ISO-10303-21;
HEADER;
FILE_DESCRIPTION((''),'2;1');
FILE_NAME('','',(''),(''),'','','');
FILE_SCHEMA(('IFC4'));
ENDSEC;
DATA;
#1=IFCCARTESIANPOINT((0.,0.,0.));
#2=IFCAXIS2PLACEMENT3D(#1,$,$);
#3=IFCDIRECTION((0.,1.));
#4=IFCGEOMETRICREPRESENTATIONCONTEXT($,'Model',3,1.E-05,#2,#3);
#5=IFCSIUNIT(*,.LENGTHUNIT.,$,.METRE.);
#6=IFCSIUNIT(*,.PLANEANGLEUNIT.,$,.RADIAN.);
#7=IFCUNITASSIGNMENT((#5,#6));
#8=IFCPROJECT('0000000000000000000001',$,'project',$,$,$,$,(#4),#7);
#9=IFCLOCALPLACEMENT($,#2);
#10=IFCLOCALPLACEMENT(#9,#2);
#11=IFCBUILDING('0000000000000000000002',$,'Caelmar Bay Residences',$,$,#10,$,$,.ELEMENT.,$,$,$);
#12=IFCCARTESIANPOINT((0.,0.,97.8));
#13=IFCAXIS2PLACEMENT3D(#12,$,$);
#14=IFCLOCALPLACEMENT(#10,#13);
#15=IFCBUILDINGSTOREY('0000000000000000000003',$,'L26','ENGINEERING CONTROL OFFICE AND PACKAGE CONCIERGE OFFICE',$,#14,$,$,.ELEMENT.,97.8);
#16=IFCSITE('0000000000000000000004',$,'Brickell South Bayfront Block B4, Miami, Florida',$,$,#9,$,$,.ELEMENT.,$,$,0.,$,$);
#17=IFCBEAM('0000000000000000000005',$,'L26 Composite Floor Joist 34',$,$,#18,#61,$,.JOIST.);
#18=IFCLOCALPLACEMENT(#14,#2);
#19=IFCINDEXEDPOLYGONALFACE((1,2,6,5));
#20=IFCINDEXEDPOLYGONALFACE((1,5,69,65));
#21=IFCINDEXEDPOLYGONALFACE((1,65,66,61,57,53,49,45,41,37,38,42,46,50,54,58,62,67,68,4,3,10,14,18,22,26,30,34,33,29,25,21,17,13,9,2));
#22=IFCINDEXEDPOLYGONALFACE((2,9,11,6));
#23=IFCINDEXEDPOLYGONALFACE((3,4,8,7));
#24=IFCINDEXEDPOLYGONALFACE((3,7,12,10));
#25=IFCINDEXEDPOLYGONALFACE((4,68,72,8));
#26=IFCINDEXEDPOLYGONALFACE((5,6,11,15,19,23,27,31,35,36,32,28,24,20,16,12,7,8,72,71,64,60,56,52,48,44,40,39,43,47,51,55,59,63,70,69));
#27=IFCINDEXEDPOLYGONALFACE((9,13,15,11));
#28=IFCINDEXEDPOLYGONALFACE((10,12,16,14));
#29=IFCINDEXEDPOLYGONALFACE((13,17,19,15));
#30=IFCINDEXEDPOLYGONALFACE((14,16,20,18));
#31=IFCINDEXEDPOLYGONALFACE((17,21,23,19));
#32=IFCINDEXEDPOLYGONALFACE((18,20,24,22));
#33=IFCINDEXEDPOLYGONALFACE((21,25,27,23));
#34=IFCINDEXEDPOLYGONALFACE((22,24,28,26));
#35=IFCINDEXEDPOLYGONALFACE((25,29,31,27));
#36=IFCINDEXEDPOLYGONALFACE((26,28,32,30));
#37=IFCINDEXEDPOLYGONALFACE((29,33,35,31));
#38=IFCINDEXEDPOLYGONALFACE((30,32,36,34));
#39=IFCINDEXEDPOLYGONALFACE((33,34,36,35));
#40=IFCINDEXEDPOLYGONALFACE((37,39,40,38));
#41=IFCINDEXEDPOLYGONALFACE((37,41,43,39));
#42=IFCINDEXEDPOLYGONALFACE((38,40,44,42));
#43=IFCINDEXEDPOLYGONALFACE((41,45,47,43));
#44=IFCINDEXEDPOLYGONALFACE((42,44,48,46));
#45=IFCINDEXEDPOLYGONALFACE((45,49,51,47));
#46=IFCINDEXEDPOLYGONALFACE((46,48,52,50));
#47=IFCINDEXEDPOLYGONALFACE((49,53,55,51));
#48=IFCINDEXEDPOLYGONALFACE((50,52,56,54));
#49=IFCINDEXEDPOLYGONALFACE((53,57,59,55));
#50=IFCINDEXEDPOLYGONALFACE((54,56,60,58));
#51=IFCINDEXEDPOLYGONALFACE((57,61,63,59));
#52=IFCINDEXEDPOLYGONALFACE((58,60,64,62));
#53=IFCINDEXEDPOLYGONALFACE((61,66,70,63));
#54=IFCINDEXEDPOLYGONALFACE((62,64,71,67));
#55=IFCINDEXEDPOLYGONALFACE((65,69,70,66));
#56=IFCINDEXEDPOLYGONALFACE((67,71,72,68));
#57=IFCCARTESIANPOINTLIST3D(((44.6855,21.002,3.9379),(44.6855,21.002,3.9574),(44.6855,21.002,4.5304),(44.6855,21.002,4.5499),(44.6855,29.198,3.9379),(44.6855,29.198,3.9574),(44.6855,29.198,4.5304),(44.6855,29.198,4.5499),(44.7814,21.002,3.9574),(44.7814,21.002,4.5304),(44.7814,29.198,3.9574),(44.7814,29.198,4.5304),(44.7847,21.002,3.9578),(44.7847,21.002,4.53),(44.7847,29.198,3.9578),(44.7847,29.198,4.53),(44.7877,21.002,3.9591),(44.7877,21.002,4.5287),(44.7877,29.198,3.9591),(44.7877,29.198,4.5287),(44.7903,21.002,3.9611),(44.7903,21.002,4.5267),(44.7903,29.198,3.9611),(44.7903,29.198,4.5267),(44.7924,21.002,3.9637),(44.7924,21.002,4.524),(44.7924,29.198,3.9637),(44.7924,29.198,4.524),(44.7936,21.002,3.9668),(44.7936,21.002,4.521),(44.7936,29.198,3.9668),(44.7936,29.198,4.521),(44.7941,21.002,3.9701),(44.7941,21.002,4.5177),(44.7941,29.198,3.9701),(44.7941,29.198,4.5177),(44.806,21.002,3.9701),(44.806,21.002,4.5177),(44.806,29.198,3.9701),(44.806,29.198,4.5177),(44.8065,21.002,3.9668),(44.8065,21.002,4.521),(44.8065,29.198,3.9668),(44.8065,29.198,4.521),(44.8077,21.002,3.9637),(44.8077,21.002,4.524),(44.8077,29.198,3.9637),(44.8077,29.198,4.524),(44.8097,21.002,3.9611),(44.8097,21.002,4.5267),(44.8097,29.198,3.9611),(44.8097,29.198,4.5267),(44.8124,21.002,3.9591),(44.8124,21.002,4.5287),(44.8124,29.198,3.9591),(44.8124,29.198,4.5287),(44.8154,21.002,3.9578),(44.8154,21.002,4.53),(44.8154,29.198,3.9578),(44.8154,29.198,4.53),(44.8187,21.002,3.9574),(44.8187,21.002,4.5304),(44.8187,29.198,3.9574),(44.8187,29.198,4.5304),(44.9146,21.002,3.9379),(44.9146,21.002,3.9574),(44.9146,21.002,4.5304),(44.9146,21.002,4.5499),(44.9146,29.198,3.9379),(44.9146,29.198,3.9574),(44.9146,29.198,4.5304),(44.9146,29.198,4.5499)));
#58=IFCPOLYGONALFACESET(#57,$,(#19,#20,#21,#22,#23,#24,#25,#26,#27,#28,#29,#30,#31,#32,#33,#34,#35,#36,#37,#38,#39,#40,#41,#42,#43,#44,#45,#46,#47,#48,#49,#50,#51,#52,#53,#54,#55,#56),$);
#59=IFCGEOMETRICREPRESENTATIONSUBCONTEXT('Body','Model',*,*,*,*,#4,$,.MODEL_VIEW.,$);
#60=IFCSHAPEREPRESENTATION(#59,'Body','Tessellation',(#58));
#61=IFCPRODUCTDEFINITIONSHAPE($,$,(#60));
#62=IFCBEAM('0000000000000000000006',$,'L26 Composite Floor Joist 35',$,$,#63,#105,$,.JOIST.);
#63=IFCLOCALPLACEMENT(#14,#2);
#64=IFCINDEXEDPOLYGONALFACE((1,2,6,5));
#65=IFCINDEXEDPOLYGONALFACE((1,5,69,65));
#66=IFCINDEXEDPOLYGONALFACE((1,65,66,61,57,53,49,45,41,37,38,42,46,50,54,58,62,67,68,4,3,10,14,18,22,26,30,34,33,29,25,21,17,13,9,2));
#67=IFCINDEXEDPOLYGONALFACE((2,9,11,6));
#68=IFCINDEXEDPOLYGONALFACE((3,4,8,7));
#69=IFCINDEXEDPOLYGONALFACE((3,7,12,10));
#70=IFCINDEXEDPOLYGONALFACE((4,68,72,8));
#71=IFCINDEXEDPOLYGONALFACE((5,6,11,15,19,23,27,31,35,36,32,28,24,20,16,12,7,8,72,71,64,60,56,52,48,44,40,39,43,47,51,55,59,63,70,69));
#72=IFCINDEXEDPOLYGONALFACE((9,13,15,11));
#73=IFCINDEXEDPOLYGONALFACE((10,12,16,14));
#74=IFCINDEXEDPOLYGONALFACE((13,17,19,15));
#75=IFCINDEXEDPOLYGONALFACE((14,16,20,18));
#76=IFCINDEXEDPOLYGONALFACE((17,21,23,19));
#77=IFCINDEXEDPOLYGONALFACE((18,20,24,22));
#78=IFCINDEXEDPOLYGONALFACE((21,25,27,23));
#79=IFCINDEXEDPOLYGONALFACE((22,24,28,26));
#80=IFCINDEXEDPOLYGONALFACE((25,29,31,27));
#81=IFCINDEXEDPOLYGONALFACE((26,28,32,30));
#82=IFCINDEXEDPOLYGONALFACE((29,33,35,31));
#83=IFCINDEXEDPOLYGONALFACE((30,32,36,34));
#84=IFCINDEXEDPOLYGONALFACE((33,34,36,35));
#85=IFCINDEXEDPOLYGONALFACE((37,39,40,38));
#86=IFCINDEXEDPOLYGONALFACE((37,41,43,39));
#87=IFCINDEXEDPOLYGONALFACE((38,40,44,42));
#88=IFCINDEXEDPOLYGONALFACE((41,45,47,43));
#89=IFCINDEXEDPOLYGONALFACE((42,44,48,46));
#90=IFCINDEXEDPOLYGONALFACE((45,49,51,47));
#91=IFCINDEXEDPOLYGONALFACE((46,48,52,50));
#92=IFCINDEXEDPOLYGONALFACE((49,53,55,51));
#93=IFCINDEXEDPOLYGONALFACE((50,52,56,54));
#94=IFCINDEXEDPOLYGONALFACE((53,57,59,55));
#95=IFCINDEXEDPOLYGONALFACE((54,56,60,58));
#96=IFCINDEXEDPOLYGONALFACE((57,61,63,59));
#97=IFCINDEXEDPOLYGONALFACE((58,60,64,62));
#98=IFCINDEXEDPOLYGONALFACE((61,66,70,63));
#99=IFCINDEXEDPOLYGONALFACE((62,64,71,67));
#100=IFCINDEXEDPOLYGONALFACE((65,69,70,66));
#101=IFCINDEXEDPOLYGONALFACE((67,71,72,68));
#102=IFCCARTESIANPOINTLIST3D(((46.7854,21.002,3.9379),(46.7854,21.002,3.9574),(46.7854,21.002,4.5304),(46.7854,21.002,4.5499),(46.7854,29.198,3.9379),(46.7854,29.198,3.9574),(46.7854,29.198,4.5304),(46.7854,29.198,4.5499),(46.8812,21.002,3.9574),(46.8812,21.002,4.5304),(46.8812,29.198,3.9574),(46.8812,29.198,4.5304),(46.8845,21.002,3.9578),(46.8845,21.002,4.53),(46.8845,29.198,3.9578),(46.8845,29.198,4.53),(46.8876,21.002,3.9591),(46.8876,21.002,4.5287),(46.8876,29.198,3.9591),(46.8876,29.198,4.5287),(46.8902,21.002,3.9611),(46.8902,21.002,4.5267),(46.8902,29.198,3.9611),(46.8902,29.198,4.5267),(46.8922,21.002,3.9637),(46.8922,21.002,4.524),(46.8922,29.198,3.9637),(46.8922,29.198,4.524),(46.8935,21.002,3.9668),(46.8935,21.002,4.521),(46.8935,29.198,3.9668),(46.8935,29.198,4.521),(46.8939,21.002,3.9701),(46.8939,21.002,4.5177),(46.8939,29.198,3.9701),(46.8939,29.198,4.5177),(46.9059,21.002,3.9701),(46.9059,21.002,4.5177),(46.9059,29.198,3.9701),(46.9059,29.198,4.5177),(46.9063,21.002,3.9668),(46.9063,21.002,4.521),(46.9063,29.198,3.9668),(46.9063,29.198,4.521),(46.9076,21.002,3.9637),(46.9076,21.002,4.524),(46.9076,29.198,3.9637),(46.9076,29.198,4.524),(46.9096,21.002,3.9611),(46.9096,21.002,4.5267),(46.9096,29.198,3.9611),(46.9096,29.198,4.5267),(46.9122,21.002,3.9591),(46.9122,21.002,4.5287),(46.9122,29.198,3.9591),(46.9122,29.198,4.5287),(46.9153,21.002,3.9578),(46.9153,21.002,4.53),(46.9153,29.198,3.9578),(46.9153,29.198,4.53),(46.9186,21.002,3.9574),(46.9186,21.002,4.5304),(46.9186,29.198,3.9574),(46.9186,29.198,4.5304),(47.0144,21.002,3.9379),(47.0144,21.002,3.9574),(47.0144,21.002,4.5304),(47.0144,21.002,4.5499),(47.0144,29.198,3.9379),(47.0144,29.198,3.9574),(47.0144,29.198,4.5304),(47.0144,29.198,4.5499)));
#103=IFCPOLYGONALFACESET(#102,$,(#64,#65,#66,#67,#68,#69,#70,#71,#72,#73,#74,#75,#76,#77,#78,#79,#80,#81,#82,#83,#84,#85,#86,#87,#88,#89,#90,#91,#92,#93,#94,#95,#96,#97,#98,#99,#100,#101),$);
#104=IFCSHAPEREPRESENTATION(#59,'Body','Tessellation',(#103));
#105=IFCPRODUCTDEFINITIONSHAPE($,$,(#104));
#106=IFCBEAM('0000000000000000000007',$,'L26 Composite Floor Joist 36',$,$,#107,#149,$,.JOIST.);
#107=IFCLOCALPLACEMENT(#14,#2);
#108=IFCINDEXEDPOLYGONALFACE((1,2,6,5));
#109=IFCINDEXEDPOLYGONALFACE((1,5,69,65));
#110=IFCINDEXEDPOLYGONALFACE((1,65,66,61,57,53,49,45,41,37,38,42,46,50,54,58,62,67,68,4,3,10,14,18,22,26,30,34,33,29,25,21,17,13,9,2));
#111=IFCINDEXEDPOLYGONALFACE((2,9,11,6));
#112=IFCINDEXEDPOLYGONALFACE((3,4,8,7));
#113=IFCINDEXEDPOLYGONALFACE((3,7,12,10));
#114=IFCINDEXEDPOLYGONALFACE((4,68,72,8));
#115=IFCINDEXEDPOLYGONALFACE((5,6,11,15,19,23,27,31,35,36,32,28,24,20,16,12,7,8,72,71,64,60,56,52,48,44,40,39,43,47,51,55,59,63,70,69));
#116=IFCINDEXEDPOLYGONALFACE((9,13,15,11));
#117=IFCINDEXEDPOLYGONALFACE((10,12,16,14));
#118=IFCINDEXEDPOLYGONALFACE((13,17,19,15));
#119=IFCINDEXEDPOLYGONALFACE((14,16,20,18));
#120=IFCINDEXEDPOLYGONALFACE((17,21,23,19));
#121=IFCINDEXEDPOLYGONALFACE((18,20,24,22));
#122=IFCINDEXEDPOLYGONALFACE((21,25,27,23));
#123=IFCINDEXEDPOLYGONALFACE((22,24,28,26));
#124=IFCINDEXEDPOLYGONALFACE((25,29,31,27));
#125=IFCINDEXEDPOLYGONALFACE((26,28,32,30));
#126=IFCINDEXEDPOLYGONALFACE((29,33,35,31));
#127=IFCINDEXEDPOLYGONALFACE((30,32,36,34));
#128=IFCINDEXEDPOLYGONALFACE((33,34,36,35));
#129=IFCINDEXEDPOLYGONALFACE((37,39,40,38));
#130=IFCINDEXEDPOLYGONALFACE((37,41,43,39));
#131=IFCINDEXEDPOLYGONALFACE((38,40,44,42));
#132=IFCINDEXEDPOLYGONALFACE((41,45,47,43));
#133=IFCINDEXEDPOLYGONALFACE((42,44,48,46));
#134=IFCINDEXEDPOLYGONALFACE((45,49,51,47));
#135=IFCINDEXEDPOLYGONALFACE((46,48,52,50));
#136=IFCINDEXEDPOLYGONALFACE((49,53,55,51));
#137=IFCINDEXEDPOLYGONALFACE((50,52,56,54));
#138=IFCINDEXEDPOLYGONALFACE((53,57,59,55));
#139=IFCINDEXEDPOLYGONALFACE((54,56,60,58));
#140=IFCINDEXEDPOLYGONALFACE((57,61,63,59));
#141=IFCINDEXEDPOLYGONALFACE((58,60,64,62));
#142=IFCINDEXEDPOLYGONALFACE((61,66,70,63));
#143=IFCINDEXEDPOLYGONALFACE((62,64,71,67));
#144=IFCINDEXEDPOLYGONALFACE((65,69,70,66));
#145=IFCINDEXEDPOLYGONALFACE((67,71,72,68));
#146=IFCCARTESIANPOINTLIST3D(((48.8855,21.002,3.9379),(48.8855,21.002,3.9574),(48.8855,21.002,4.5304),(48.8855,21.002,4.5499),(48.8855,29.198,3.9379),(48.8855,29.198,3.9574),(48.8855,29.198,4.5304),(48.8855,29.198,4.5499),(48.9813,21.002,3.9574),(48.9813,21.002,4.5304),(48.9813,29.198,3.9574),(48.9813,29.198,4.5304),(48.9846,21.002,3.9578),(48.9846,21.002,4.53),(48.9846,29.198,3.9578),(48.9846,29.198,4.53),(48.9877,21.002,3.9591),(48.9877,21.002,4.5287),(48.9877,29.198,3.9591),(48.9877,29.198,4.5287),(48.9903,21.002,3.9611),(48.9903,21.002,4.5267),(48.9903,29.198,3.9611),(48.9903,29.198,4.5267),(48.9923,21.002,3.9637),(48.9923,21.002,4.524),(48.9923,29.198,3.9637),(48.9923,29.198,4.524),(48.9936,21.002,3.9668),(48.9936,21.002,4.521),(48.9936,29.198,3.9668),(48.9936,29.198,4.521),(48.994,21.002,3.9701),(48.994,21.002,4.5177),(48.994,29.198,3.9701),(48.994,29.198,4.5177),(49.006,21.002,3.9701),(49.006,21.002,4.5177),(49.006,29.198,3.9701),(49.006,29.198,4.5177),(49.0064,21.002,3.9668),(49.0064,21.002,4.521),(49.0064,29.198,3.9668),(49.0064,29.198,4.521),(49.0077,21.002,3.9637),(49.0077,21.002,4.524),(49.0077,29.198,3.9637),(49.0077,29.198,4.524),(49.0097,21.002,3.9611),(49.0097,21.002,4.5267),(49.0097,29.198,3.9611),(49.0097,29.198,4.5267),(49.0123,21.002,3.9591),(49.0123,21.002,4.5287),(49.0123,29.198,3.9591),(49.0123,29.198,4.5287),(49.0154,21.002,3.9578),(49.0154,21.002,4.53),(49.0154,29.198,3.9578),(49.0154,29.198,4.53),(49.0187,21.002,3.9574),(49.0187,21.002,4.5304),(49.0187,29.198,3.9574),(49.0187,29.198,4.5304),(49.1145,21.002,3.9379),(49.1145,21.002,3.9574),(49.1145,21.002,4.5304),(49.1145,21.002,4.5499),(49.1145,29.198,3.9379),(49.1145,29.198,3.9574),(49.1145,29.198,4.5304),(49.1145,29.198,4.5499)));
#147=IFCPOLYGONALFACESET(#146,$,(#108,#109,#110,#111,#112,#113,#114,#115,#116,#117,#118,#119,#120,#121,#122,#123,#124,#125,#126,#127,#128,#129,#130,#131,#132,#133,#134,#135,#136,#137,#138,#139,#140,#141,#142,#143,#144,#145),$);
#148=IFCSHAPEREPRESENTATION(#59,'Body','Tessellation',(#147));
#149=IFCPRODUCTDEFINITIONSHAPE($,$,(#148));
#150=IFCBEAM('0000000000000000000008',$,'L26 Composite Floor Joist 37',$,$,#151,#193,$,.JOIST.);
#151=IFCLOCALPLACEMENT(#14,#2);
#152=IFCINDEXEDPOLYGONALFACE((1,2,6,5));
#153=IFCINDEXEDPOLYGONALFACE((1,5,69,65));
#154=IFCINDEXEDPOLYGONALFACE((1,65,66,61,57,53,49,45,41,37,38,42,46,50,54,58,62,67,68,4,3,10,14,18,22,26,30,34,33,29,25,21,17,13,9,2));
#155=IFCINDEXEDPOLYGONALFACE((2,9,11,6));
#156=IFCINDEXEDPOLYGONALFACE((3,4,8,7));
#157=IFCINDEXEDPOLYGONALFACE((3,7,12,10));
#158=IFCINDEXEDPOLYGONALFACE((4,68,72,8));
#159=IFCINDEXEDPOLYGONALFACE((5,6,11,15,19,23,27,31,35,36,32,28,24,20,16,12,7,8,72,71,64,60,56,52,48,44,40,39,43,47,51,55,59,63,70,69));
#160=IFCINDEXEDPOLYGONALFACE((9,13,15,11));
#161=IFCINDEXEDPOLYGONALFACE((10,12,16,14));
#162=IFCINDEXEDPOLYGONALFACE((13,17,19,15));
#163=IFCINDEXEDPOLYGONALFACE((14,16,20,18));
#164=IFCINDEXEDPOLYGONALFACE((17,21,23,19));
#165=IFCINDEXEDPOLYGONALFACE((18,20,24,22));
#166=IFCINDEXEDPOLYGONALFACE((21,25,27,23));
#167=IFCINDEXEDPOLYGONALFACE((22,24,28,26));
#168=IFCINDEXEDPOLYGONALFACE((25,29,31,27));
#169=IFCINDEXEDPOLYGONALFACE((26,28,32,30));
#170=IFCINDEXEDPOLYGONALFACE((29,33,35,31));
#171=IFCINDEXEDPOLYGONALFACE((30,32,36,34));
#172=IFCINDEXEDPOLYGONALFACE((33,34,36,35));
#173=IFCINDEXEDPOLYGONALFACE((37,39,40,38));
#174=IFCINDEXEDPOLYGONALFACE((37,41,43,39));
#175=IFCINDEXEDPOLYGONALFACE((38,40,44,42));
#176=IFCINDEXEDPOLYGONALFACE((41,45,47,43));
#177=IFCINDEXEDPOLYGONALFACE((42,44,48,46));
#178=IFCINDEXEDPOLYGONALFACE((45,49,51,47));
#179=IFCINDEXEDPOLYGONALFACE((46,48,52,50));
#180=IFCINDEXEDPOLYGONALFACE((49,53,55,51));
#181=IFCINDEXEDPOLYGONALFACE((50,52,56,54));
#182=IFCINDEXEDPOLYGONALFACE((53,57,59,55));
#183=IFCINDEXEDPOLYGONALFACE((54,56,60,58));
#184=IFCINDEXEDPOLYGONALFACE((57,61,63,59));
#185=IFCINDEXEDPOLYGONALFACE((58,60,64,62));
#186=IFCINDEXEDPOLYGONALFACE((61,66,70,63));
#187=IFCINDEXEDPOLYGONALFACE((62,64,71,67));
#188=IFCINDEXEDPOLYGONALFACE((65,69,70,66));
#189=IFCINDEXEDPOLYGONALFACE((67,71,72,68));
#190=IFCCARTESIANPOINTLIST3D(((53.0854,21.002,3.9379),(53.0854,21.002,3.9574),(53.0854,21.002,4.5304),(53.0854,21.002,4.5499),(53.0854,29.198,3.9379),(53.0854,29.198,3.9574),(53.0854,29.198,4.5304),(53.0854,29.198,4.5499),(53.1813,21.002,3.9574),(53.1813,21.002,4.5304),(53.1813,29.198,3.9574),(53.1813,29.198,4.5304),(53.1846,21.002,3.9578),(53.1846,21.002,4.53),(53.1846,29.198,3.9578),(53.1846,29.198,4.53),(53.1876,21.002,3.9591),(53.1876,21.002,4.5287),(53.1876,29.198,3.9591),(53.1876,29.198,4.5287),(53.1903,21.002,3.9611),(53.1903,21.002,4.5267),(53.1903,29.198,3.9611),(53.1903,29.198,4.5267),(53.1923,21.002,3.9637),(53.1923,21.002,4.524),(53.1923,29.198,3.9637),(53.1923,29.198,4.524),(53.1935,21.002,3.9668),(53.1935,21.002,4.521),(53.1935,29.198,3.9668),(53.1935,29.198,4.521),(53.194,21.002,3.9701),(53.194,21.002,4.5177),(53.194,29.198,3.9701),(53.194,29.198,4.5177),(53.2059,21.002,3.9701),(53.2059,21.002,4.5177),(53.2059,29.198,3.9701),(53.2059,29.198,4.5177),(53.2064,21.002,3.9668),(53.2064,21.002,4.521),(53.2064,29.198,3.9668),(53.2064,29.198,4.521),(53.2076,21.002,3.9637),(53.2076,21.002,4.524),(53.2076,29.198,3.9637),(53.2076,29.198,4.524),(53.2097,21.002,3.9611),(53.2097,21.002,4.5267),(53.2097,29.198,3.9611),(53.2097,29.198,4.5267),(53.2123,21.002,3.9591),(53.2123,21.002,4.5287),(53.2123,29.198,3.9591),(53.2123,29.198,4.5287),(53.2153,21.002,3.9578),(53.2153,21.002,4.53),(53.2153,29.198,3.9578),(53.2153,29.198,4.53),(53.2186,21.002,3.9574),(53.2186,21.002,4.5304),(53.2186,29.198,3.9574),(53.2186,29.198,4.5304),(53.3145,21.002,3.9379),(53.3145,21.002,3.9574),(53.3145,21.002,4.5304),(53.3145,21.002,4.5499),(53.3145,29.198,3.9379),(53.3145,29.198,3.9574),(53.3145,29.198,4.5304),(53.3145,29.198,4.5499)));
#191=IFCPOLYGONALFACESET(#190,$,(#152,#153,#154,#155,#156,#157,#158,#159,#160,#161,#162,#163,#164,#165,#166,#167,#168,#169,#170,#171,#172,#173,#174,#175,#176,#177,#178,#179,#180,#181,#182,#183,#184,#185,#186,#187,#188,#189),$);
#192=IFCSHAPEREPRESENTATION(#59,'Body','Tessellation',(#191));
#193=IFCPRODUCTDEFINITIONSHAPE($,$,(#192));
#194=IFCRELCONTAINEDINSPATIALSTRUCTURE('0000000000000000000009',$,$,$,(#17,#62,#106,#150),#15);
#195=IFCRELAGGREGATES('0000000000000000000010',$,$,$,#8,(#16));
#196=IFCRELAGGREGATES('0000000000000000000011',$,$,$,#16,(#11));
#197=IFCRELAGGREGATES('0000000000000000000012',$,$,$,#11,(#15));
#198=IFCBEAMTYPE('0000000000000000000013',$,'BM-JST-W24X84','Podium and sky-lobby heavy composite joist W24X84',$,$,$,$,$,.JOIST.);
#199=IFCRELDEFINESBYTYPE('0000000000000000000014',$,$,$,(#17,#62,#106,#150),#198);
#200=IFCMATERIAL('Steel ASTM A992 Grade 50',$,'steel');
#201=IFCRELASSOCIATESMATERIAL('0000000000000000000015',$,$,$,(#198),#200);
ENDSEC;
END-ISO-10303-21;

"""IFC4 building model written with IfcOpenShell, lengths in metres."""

from ifc_helpers import new_model, si_unit, direction, frame, origin, origin_2d, place, context, subcontext, project, spatial, i_section, extrude, material, material_profile, profile_set, type_object, element, save


model = new_model("IFC4")

# Units and contexts
model_context = context("Model", 3, precision=1e-05, world=origin(), true_north=direction((0.0, 1.0)))
body_context = subcontext(model_context, "Body", "Model", "MODEL_VIEW")
ifc_project = project(units=[si_unit("LENGTHUNIT", "METRE"), si_unit("PLANEANGLEUNIT", "RADIAN")], contexts=[model_context])

# Site, building, storey
site_placement = place(None, origin())
site = spatial("IfcSite", under=ifc_project, at=site_placement, Name="Brickell South Bayfront Block B4, Miami, Florida", CompositionType="ELEMENT", RefElevation=0.0)
building_placement = place(site_placement, origin())
building = spatial("IfcBuilding", under=site, at=building_placement, Name="Caelmar Bay Residences", CompositionType="ELEMENT")
storey_placement = place(building_placement, frame((0.0, 0.0, 97.8)))
storey = spatial("IfcBuildingStorey", under=building, at=storey_placement, Name="L26", Description="ENGINEERING CONTROL OFFICE AND PACKAGE CONCIERGE OFFICE", CompositionType="ELEMENT", Elevation=97.8)

# Beams
ifc_material_1 = material(Name="Steel ASTM A992 Grade 50", Category="steel")
ifc_material_profile_1 = material_profile(ifc_material_1, i_section(OverallWidth=0.229, OverallDepth=0.6121, WebThickness=0.012, FlangeThickness=0.0195, FilletRadius=0.0127, at=origin_2d()), Name="W24X84")
ifc_profile_set_1 = profile_set([ifc_material_profile_1], Name="Steel ASTM A992 Grade 50")
beam_type_1 = type_object("IfcBeamType", Name="BM-JST-W24X84", Description="Podium and sky-lobby heavy composite joist W24X84", PredefinedType="JOIST", material=ifc_profile_set_1)
for number, where, z_axis, x_axis, name in (
    (1, (44.8, 21.002, 4.2439), (0.0, 1.0, 0.0), (-1.0, 0.0, 0.0), "L26 Composite Floor Joist 34"),
    (2, (46.8999, 21.002, 4.2439), (0.0, 1.0, 0.0), (-1.0, 0.0, 0.0), "L26 Composite Floor Joist 35"),
    (3, (49.0, 21.002, 4.2439), (0.0, 1.0, 0.0), (-1.0, 0.0, 0.0), "L26 Composite Floor Joist 36"),
    (4, (53.2, 21.002, 4.2439), (0.0, 1.0, 0.0), (-1.0, 0.0, 0.0), "L26 Composite Floor Joist 37"),
):
    element("IfcBeam", number, at=place(storey_placement, frame(where, z_axis=z_axis, x_axis=x_axis)), inside=storey, type_object=beam_type_1, Name=name, PredefinedType="JOIST", context=body_context, shape_type="SweptSolid", body=[
        extrude(i_section(OverallWidth=0.229, OverallDepth=0.6121, WebThickness=0.012, FlangeThickness=0.0195, FilletRadius=0.0127, at=origin_2d()), origin(), (0.0, 0.0, 1.0), 8.196),
    ])

save(model, "model.ifc")
